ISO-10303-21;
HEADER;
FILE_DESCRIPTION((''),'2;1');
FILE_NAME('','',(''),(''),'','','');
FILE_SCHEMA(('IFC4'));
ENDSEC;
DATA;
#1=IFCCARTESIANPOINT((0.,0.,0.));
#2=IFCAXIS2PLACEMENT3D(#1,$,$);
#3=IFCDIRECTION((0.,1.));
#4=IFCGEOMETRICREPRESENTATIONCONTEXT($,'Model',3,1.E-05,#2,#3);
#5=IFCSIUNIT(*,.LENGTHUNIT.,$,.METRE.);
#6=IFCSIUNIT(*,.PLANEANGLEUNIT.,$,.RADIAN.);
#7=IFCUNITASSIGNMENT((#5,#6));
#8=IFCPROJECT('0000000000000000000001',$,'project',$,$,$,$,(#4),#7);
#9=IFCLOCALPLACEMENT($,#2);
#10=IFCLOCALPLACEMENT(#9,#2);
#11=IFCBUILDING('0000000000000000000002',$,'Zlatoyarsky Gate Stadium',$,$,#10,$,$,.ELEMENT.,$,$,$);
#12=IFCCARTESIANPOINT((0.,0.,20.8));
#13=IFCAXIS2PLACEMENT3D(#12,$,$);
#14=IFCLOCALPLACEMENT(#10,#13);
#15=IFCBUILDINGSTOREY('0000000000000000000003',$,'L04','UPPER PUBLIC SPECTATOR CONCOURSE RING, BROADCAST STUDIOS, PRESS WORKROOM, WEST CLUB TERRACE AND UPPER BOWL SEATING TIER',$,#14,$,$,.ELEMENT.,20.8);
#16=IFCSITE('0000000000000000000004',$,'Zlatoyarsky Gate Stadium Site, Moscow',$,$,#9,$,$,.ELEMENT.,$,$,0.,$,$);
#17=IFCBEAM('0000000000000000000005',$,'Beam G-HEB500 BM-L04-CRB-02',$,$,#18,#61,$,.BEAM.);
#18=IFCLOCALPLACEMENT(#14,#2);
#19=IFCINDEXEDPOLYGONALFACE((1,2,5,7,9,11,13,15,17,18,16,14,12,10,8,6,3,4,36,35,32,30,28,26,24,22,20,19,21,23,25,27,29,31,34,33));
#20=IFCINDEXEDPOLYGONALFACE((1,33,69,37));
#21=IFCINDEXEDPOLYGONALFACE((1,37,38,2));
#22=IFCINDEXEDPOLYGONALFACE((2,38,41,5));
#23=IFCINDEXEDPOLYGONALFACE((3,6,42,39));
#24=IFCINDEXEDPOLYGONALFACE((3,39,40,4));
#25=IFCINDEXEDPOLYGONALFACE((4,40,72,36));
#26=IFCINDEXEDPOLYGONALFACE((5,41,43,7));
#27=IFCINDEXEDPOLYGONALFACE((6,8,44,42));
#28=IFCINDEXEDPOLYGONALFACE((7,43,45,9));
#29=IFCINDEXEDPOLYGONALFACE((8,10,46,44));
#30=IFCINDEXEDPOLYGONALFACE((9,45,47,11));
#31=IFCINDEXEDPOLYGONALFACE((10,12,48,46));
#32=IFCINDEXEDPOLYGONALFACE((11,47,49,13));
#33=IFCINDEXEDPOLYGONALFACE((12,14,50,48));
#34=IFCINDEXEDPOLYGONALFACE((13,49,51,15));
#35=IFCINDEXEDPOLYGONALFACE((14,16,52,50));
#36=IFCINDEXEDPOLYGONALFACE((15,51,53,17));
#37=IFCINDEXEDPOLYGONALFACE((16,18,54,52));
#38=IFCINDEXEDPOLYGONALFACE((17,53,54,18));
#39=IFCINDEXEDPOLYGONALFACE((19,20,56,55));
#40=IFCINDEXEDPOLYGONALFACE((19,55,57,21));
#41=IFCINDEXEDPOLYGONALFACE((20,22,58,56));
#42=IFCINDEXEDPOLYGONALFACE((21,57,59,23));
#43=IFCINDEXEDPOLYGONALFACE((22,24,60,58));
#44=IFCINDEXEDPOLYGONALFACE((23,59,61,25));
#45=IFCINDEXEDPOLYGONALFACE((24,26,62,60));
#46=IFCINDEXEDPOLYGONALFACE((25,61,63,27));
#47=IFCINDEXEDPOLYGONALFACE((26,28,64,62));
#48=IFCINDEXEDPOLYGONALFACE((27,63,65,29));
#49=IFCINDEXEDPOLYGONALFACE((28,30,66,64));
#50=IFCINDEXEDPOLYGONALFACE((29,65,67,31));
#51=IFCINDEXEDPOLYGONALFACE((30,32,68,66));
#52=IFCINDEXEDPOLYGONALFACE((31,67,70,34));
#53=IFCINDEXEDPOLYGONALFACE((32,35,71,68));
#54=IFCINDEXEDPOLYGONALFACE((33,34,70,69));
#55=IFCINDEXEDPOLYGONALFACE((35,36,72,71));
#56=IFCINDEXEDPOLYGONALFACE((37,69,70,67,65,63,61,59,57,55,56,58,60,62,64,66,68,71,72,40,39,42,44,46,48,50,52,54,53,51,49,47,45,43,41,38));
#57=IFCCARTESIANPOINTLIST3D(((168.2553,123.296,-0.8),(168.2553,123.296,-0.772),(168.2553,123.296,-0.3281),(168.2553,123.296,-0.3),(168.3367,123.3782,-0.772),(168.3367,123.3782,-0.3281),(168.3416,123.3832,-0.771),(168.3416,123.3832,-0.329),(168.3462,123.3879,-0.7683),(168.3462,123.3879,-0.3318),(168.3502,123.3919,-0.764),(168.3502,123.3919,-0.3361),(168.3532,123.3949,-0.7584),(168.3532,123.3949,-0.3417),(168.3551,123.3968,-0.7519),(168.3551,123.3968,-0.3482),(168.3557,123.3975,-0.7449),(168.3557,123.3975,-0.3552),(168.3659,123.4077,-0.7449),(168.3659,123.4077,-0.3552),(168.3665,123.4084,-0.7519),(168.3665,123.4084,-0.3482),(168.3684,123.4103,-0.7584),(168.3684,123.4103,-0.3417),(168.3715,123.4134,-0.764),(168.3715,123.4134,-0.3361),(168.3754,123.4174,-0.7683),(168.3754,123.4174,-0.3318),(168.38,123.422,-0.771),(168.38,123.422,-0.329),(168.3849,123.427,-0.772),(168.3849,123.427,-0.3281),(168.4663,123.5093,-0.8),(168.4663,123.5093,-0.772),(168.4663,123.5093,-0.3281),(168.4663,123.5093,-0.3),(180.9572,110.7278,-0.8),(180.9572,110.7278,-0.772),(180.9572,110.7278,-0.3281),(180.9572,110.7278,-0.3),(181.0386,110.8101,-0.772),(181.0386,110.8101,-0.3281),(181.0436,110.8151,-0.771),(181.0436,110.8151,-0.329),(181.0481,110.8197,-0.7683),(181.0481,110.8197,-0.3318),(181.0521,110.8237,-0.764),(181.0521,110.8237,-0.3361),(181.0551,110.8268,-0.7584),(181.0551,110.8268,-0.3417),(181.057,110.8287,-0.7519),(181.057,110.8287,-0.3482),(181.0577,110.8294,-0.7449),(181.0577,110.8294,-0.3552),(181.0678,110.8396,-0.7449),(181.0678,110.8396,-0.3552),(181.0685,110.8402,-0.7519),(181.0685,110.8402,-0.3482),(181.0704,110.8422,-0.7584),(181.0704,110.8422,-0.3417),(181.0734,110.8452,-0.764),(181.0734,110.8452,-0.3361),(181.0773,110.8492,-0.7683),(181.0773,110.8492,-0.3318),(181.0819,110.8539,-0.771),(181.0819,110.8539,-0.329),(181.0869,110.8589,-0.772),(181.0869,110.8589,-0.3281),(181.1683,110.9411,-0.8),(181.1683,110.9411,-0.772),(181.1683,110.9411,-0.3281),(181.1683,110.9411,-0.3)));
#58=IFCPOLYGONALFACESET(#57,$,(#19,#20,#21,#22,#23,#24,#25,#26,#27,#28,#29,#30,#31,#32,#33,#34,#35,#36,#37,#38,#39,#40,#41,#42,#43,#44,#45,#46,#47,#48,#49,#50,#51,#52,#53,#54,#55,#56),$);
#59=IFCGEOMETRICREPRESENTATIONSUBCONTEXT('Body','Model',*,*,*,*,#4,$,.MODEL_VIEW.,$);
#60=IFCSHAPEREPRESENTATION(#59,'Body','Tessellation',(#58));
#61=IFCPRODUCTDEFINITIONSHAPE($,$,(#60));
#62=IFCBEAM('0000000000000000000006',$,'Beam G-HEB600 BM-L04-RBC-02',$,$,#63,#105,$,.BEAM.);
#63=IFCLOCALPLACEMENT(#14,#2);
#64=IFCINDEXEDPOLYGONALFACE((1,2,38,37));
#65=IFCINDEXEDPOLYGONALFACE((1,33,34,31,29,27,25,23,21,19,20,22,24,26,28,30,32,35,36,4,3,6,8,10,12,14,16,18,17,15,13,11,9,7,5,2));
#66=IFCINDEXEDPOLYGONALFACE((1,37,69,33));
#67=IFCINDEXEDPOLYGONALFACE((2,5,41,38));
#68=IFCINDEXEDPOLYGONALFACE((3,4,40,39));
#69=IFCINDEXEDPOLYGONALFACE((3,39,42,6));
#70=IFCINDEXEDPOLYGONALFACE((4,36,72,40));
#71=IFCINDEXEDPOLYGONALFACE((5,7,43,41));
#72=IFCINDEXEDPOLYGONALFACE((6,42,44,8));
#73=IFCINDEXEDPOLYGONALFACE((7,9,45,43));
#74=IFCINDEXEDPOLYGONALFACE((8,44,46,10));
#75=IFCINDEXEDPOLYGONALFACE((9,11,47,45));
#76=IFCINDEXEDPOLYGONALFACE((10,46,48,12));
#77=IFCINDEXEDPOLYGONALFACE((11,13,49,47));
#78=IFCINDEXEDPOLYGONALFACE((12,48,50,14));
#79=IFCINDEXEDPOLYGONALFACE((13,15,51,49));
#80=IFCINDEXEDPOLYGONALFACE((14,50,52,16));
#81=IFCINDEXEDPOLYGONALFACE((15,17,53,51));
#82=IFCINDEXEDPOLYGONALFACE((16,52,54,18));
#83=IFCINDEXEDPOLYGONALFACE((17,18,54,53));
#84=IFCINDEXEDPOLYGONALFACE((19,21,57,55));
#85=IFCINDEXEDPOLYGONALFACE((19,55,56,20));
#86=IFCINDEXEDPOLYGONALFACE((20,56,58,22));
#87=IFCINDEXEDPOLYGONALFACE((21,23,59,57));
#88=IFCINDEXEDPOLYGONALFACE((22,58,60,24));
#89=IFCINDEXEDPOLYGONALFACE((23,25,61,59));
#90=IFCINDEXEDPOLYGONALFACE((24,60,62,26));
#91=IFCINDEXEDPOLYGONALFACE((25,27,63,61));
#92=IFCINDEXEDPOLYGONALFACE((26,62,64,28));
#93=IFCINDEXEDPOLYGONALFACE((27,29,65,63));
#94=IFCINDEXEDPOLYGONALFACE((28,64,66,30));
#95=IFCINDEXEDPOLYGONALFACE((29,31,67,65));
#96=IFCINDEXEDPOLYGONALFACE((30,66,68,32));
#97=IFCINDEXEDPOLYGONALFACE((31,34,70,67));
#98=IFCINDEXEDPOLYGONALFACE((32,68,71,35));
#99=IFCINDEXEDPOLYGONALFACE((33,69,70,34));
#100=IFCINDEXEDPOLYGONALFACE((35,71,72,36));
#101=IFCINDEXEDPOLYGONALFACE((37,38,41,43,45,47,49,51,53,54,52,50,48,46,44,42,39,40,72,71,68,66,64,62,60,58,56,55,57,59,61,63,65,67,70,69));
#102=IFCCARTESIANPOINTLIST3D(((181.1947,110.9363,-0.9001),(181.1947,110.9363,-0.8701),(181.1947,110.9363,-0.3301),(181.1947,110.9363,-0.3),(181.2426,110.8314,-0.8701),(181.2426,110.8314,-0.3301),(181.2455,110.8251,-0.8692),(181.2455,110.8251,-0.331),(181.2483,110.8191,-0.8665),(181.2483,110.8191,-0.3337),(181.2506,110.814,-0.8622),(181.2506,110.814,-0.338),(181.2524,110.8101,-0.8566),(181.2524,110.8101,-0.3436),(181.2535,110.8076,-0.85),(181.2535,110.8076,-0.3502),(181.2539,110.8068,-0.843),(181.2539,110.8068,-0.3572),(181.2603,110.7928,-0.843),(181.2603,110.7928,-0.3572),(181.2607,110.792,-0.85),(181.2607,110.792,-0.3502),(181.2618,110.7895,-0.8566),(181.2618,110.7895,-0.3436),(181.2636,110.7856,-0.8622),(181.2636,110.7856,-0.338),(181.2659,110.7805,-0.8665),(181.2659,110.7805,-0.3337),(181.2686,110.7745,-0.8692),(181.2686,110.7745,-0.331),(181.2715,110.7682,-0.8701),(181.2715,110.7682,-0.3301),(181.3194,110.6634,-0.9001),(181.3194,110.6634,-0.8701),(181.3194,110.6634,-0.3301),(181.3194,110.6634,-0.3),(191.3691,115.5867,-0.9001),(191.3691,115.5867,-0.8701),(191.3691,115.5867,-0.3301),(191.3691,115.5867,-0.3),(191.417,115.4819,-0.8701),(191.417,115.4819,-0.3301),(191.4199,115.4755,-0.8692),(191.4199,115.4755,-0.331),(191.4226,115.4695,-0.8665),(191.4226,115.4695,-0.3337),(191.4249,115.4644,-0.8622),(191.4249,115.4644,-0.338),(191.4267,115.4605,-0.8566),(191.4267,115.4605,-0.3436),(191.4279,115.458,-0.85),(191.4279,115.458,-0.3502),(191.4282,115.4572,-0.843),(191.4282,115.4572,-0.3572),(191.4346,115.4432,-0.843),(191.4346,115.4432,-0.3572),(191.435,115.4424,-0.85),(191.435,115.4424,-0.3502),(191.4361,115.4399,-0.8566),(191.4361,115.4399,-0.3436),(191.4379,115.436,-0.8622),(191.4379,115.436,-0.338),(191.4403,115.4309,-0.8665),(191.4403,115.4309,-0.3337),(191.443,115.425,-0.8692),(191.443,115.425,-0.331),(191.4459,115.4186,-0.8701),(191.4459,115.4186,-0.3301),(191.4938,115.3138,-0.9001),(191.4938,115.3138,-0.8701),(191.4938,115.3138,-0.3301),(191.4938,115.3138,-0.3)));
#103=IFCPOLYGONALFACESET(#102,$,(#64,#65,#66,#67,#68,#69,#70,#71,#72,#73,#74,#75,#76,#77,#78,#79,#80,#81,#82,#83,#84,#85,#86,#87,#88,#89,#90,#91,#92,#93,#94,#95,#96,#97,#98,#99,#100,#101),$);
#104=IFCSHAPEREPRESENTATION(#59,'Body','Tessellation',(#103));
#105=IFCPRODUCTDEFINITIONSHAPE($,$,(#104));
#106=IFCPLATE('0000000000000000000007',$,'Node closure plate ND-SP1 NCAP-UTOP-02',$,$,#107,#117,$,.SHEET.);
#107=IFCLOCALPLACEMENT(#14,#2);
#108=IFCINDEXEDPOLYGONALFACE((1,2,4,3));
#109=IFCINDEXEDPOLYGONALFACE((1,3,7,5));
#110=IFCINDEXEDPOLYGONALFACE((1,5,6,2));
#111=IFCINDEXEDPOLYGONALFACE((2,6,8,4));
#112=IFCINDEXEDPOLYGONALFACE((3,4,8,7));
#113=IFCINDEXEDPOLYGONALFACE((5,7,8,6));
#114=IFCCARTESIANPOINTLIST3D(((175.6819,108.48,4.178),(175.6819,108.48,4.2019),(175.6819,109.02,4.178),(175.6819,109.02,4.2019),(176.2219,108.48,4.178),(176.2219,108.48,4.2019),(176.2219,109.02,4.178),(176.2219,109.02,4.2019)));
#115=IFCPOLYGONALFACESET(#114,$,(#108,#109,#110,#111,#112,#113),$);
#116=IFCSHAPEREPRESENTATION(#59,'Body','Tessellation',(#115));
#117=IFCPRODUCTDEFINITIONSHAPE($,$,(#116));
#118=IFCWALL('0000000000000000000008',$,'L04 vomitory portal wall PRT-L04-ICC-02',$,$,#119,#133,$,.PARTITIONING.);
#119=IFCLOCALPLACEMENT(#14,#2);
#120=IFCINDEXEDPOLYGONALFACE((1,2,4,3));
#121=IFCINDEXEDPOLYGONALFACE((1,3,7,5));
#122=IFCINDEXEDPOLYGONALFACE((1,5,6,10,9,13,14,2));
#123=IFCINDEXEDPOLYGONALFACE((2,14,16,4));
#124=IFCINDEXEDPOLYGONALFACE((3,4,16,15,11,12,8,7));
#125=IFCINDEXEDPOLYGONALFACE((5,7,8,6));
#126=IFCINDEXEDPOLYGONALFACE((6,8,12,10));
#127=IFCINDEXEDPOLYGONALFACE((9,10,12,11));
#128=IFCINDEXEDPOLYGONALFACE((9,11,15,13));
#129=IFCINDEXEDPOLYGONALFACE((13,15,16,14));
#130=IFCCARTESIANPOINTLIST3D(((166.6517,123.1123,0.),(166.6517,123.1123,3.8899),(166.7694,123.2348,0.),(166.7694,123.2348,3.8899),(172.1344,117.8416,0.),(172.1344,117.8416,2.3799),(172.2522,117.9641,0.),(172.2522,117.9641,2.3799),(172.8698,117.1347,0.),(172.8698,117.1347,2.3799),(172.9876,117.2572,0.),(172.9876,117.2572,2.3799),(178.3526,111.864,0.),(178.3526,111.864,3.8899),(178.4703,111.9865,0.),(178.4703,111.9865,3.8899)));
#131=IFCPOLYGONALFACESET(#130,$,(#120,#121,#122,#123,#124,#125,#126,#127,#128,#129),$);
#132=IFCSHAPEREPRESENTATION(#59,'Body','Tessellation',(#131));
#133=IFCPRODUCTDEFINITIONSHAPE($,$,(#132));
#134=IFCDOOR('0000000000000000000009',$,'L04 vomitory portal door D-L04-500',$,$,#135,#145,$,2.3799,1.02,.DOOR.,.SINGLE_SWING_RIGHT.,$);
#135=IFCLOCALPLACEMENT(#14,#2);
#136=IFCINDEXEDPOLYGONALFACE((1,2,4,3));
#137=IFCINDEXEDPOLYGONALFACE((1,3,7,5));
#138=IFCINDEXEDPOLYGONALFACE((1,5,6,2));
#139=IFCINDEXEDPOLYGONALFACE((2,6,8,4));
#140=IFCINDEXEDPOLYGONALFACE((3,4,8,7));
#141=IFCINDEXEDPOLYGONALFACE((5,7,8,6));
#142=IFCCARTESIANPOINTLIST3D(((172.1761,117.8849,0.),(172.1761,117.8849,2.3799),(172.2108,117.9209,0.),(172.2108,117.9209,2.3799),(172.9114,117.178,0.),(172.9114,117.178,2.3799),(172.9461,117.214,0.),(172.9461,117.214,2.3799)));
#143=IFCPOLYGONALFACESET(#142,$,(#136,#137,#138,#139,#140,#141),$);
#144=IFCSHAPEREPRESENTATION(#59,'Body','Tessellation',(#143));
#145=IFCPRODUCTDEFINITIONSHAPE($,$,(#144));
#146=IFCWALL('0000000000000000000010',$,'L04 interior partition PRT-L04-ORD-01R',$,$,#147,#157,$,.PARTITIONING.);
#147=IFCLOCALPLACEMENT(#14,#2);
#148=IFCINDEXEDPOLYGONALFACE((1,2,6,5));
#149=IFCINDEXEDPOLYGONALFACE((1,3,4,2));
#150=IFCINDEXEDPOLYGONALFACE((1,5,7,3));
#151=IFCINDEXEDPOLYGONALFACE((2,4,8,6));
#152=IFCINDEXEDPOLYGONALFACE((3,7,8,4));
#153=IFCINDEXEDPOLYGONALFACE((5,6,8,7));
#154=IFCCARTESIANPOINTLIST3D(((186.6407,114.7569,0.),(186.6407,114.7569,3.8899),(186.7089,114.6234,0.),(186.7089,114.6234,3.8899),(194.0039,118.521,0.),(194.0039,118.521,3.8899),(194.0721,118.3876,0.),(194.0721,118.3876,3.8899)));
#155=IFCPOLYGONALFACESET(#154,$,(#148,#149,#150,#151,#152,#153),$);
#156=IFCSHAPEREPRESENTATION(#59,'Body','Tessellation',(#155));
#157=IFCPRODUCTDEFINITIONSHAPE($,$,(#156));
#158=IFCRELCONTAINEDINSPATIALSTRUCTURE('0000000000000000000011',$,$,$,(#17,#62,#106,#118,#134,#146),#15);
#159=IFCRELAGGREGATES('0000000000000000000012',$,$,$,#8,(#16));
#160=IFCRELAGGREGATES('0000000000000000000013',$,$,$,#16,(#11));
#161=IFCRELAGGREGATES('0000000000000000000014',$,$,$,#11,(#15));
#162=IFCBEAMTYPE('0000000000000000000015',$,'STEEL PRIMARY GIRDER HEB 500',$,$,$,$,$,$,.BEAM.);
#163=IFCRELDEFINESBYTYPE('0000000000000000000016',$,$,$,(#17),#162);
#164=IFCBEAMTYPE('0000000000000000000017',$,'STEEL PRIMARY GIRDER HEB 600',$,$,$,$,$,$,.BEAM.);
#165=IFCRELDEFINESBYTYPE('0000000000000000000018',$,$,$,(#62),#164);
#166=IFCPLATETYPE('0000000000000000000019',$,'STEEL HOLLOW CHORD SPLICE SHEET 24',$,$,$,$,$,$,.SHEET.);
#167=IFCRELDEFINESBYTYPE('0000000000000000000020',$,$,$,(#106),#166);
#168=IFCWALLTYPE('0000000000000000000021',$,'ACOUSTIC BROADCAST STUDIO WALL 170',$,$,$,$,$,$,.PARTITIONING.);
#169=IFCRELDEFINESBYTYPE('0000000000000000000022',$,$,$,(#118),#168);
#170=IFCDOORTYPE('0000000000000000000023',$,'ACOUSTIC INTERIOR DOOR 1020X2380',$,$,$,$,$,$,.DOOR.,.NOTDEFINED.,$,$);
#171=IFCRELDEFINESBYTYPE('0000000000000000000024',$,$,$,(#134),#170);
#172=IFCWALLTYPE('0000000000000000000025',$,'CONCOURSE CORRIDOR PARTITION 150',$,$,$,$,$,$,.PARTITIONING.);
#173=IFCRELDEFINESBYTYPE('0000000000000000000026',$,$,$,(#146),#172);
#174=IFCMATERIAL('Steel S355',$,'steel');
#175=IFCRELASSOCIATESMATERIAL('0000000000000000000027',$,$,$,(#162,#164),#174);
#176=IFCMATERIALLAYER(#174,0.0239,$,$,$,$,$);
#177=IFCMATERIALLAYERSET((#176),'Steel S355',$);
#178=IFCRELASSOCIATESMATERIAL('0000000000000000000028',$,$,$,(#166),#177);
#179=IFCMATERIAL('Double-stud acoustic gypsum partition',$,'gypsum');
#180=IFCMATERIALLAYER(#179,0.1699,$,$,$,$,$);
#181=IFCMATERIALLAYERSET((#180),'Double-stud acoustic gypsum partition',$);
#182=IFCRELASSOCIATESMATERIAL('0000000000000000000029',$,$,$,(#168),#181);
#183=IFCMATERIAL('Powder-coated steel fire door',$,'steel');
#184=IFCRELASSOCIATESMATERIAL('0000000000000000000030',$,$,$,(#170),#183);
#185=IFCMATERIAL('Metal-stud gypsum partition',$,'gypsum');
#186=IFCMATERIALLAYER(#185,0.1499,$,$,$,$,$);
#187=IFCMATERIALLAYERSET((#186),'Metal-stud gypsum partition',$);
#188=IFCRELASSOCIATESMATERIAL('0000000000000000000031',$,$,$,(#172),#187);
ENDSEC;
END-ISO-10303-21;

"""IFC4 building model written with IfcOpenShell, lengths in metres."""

from ifc_helpers import new_model, si_unit, direction, frame, frame_2d, origin, origin_2d, place, context, subcontext, project, spatial, rectangle, i_section, extrude, material, layer, layer_set, material_profile, profile_set, type_object, element, fill, save


model = new_model("IFC4")

# Units and contexts
model_context = context("Model", 3, precision=1e-05, world=origin(), true_north=direction((0.0, 1.0)))
body_context = subcontext(model_context, "Body", "Model", "MODEL_VIEW")
ifc_project = project(units=[si_unit("LENGTHUNIT", "METRE"), si_unit("PLANEANGLEUNIT", "RADIAN")], contexts=[model_context])

# Site, building, storey
site_placement = place(None, origin())
site = spatial("IfcSite", under=ifc_project, at=site_placement, Name="Zlatoyarsky Gate Stadium Site, Moscow", CompositionType="ELEMENT", RefElevation=0.0)
building_placement = place(site_placement, origin())
building = spatial("IfcBuilding", under=site, at=building_placement, Name="Zlatoyarsky Gate Stadium", CompositionType="ELEMENT")
storey_placement = place(building_placement, frame((0.0, 0.0, 20.8)))
storey = spatial("IfcBuildingStorey", under=building, at=storey_placement, Name="L04", Description="UPPER PUBLIC SPECTATOR CONCOURSE RING, BROADCAST STUDIOS, PRESS WORKROOM, WEST CLUB TERRACE AND UPPER BOWL SEATING TIER", CompositionType="ELEMENT", Elevation=20.8)

# Shared definitions
ifc_material_1 = material(Name="Steel S355", Category="steel")

# Beams
ifc_material_profile_1 = material_profile(ifc_material_1, i_section(OverallWidth=0.3, OverallDepth=0.5, WebThickness=0.0144, FlangeThickness=0.0281, FilletRadius=0.0271, at=origin_2d()), Name="HEB 500")
ifc_profile_set_1 = profile_set([ifc_material_profile_1], Name="Steel S355")
beam_type_1 = type_object("IfcBeamType", Name="STEEL PRIMARY GIRDER HEB 500", PredefinedType="BEAM", material=ifc_profile_set_1)
beam_1_placement = place(storey_placement, frame((181.0627, 110.8345, -0.55), z_axis=(-0.710841, 0.703353, 0.0), x_axis=(-0.703353, -0.710841, 0.0)))
element("IfcBeam", 1, at=beam_1_placement, inside=storey, type_object=beam_type_1, Name="Beam G-HEB500 BM-L04-CRB-02", PredefinedType="BEAM", context=body_context, shape_type="SweptSolid", body=[
    extrude(i_section(OverallWidth=0.3, OverallDepth=0.5, WebThickness=0.0144, FlangeThickness=0.0281, FilletRadius=0.0271, at=origin_2d()), origin(), (0.0, 0.0, 1.0), 17.8689),
])
ifc_material_profile_2 = material_profile(ifc_material_1, i_section(OverallWidth=0.3, OverallDepth=0.6001, WebThickness=0.0154, FlangeThickness=0.03, FilletRadius=0.0271, at=origin_2d()), Name="HEB 600")
ifc_profile_set_2 = profile_set([ifc_material_profile_2], Name="Steel S355")
beam_type_2 = type_object("IfcBeamType", Name="STEEL PRIMARY GIRDER HEB 600", PredefinedType="BEAM", material=ifc_profile_set_2)
beam_2_placement = place(storey_placement, frame((181.2571, 110.7998, -0.6001), z_axis=(0.909499, 0.415706, 0.0), x_axis=(-0.415706, 0.909499, 0.0)))
element("IfcBeam", 2, at=beam_2_placement, inside=storey, type_object=beam_type_2, Name="Beam G-HEB600 BM-L04-RBC-02", PredefinedType="BEAM", context=body_context, shape_type="SweptSolid", body=[
    extrude(i_section(OverallWidth=0.3, OverallDepth=0.6001, WebThickness=0.0154, FlangeThickness=0.03, FilletRadius=0.0271, at=origin_2d()), origin(), (0.0, 0.0, 1.0), 11.1868),
])

# Plate
ifc_layer_1 = layer(ifc_material_1, 0.0239)
ifc_layer_set_1 = layer_set([ifc_layer_1], Name="Steel S355")
plate_type = type_object("IfcPlateType", Name="STEEL HOLLOW CHORD SPLICE SHEET 24", PredefinedType="SHEET", material=ifc_layer_set_1)
plate_placement = place(storey_placement, frame((175.9519, 108.75, 4.178), z_axis=(0.0, 0.0, 1.0), x_axis=(1.0, 0.0, 0.0)))
element("IfcPlate", 3, at=plate_placement, inside=storey, type_object=plate_type, Name="Node closure plate ND-SP1 NCAP-UTOP-02", PredefinedType="SHEET", context=body_context, shape_type="SweptSolid", body=[
    extrude(rectangle(XDim=0.54, YDim=0.54, at=origin_2d()), origin(), (0.0, 0.0, 1.0), 0.0239),
])

# Wall, opening, door
ifc_material_2 = material(Name="Double-stud acoustic gypsum partition", Category="gypsum")
ifc_layer_2 = layer(ifc_material_2, 0.1699)
ifc_layer_set_2 = layer_set([ifc_layer_2], Name="Double-stud acoustic gypsum partition")
wall_type_1 = type_object("IfcWallType", Name="ACOUSTIC BROADCAST STUDIO WALL 170", PredefinedType="PARTITIONING", material=ifc_layer_set_2)
wall_1_placement = place(storey_placement, frame((178.4114, 111.9253, 0.0), z_axis=(0.0, 0.0, 1.0), x_axis=(-0.720913, 0.693025, 0.0)))
wall_1 = element("IfcWall", 4, at=wall_1_placement, inside=storey, type_object=wall_type_1, Name="L04 vomitory portal wall PRT-L04-ICC-02", PredefinedType="PARTITIONING", context=body_context, shape_type="SweptSolid", body=[
    extrude(rectangle(XDim=16.2307, YDim=0.1699, at=frame_2d((8.1152, 0.0))), origin(), (0.0, 0.0, 1.0), 3.8899),
])
opening_1_placement = place(wall_1_placement, frame((7.6052, 0.0, 0.0)))
opening_1 = element("IfcOpeningElement", 5, at=opening_1_placement, cuts=wall_1, PredefinedType="OPENING", context=body_context, shape_type="SweptSolid", body=[
    extrude(rectangle(XDim=1.02, YDim=2.3799, at=frame_2d((0.51, 1.1899))), frame((0.0, 0.095, 0.0), z_axis=(0.0, -1.0, 0.0), x_axis=(1.0, 0.0, 0.0)), (0.0, 0.0, 1.0), 0.1899),
])
ifc_material_3 = material(Name="Powder-coated steel fire door", Category="steel")
door_type_1 = type_object("IfcDoorType", Name="ACOUSTIC INTERIOR DOOR 1020X2380", OperationType="NOTDEFINED", PredefinedType="DOOR", material=ifc_material_3)
door_1_placement = place(opening_1_placement, origin())
door_1 = element("IfcDoor", 6, at=door_1_placement, inside=storey, type_object=door_type_1, Name="L04 vomitory portal door D-L04-500", OperationType="SINGLE_SWING_RIGHT", OverallHeight=2.3799, OverallWidth=1.02, PredefinedType="DOOR", context=body_context, shape_type="SweptSolid", body=[
    extrude(rectangle(XDim=1.02, YDim=2.3799, at=frame_2d((0.51, 1.1899))), frame((0.0, 0.0249, 0.0), z_axis=(0.0, -1.0, 0.0), x_axis=(1.0, 0.0, 0.0)), (0.0, 0.0, 1.0), 0.05),
])
fill(opening_1, door_1)

# Wall
ifc_material_4 = material(Name="Metal-stud gypsum partition", Category="gypsum")
ifc_layer_3 = layer(ifc_material_4, 0.1499)
ifc_layer_set_3 = layer_set([ifc_layer_3], Name="Metal-stud gypsum partition")
wall_type_2 = type_object("IfcWallType", Name="CONCOURSE CORRIDOR PARTITION 150", PredefinedType="PARTITIONING", material=ifc_layer_set_3)
wall_2_placement = place(storey_placement, frame((186.6748, 114.6902, 0.0), z_axis=(0.0, 0.0, 1.0), x_axis=(0.8904, 0.455179, 0.0)))
element("IfcWall", 7, at=wall_2_placement, inside=storey, type_object=wall_type_2, Name="L04 interior partition PRT-L04-ORD-01R", PredefinedType="PARTITIONING", context=body_context, shape_type="SweptSolid", body=[
    extrude(rectangle(XDim=8.2695, YDim=0.1499, at=frame_2d((4.1348, 0.0))), origin(), (0.0, 0.0, 1.0), 3.8899),
])

save(model, "model.ifc")
